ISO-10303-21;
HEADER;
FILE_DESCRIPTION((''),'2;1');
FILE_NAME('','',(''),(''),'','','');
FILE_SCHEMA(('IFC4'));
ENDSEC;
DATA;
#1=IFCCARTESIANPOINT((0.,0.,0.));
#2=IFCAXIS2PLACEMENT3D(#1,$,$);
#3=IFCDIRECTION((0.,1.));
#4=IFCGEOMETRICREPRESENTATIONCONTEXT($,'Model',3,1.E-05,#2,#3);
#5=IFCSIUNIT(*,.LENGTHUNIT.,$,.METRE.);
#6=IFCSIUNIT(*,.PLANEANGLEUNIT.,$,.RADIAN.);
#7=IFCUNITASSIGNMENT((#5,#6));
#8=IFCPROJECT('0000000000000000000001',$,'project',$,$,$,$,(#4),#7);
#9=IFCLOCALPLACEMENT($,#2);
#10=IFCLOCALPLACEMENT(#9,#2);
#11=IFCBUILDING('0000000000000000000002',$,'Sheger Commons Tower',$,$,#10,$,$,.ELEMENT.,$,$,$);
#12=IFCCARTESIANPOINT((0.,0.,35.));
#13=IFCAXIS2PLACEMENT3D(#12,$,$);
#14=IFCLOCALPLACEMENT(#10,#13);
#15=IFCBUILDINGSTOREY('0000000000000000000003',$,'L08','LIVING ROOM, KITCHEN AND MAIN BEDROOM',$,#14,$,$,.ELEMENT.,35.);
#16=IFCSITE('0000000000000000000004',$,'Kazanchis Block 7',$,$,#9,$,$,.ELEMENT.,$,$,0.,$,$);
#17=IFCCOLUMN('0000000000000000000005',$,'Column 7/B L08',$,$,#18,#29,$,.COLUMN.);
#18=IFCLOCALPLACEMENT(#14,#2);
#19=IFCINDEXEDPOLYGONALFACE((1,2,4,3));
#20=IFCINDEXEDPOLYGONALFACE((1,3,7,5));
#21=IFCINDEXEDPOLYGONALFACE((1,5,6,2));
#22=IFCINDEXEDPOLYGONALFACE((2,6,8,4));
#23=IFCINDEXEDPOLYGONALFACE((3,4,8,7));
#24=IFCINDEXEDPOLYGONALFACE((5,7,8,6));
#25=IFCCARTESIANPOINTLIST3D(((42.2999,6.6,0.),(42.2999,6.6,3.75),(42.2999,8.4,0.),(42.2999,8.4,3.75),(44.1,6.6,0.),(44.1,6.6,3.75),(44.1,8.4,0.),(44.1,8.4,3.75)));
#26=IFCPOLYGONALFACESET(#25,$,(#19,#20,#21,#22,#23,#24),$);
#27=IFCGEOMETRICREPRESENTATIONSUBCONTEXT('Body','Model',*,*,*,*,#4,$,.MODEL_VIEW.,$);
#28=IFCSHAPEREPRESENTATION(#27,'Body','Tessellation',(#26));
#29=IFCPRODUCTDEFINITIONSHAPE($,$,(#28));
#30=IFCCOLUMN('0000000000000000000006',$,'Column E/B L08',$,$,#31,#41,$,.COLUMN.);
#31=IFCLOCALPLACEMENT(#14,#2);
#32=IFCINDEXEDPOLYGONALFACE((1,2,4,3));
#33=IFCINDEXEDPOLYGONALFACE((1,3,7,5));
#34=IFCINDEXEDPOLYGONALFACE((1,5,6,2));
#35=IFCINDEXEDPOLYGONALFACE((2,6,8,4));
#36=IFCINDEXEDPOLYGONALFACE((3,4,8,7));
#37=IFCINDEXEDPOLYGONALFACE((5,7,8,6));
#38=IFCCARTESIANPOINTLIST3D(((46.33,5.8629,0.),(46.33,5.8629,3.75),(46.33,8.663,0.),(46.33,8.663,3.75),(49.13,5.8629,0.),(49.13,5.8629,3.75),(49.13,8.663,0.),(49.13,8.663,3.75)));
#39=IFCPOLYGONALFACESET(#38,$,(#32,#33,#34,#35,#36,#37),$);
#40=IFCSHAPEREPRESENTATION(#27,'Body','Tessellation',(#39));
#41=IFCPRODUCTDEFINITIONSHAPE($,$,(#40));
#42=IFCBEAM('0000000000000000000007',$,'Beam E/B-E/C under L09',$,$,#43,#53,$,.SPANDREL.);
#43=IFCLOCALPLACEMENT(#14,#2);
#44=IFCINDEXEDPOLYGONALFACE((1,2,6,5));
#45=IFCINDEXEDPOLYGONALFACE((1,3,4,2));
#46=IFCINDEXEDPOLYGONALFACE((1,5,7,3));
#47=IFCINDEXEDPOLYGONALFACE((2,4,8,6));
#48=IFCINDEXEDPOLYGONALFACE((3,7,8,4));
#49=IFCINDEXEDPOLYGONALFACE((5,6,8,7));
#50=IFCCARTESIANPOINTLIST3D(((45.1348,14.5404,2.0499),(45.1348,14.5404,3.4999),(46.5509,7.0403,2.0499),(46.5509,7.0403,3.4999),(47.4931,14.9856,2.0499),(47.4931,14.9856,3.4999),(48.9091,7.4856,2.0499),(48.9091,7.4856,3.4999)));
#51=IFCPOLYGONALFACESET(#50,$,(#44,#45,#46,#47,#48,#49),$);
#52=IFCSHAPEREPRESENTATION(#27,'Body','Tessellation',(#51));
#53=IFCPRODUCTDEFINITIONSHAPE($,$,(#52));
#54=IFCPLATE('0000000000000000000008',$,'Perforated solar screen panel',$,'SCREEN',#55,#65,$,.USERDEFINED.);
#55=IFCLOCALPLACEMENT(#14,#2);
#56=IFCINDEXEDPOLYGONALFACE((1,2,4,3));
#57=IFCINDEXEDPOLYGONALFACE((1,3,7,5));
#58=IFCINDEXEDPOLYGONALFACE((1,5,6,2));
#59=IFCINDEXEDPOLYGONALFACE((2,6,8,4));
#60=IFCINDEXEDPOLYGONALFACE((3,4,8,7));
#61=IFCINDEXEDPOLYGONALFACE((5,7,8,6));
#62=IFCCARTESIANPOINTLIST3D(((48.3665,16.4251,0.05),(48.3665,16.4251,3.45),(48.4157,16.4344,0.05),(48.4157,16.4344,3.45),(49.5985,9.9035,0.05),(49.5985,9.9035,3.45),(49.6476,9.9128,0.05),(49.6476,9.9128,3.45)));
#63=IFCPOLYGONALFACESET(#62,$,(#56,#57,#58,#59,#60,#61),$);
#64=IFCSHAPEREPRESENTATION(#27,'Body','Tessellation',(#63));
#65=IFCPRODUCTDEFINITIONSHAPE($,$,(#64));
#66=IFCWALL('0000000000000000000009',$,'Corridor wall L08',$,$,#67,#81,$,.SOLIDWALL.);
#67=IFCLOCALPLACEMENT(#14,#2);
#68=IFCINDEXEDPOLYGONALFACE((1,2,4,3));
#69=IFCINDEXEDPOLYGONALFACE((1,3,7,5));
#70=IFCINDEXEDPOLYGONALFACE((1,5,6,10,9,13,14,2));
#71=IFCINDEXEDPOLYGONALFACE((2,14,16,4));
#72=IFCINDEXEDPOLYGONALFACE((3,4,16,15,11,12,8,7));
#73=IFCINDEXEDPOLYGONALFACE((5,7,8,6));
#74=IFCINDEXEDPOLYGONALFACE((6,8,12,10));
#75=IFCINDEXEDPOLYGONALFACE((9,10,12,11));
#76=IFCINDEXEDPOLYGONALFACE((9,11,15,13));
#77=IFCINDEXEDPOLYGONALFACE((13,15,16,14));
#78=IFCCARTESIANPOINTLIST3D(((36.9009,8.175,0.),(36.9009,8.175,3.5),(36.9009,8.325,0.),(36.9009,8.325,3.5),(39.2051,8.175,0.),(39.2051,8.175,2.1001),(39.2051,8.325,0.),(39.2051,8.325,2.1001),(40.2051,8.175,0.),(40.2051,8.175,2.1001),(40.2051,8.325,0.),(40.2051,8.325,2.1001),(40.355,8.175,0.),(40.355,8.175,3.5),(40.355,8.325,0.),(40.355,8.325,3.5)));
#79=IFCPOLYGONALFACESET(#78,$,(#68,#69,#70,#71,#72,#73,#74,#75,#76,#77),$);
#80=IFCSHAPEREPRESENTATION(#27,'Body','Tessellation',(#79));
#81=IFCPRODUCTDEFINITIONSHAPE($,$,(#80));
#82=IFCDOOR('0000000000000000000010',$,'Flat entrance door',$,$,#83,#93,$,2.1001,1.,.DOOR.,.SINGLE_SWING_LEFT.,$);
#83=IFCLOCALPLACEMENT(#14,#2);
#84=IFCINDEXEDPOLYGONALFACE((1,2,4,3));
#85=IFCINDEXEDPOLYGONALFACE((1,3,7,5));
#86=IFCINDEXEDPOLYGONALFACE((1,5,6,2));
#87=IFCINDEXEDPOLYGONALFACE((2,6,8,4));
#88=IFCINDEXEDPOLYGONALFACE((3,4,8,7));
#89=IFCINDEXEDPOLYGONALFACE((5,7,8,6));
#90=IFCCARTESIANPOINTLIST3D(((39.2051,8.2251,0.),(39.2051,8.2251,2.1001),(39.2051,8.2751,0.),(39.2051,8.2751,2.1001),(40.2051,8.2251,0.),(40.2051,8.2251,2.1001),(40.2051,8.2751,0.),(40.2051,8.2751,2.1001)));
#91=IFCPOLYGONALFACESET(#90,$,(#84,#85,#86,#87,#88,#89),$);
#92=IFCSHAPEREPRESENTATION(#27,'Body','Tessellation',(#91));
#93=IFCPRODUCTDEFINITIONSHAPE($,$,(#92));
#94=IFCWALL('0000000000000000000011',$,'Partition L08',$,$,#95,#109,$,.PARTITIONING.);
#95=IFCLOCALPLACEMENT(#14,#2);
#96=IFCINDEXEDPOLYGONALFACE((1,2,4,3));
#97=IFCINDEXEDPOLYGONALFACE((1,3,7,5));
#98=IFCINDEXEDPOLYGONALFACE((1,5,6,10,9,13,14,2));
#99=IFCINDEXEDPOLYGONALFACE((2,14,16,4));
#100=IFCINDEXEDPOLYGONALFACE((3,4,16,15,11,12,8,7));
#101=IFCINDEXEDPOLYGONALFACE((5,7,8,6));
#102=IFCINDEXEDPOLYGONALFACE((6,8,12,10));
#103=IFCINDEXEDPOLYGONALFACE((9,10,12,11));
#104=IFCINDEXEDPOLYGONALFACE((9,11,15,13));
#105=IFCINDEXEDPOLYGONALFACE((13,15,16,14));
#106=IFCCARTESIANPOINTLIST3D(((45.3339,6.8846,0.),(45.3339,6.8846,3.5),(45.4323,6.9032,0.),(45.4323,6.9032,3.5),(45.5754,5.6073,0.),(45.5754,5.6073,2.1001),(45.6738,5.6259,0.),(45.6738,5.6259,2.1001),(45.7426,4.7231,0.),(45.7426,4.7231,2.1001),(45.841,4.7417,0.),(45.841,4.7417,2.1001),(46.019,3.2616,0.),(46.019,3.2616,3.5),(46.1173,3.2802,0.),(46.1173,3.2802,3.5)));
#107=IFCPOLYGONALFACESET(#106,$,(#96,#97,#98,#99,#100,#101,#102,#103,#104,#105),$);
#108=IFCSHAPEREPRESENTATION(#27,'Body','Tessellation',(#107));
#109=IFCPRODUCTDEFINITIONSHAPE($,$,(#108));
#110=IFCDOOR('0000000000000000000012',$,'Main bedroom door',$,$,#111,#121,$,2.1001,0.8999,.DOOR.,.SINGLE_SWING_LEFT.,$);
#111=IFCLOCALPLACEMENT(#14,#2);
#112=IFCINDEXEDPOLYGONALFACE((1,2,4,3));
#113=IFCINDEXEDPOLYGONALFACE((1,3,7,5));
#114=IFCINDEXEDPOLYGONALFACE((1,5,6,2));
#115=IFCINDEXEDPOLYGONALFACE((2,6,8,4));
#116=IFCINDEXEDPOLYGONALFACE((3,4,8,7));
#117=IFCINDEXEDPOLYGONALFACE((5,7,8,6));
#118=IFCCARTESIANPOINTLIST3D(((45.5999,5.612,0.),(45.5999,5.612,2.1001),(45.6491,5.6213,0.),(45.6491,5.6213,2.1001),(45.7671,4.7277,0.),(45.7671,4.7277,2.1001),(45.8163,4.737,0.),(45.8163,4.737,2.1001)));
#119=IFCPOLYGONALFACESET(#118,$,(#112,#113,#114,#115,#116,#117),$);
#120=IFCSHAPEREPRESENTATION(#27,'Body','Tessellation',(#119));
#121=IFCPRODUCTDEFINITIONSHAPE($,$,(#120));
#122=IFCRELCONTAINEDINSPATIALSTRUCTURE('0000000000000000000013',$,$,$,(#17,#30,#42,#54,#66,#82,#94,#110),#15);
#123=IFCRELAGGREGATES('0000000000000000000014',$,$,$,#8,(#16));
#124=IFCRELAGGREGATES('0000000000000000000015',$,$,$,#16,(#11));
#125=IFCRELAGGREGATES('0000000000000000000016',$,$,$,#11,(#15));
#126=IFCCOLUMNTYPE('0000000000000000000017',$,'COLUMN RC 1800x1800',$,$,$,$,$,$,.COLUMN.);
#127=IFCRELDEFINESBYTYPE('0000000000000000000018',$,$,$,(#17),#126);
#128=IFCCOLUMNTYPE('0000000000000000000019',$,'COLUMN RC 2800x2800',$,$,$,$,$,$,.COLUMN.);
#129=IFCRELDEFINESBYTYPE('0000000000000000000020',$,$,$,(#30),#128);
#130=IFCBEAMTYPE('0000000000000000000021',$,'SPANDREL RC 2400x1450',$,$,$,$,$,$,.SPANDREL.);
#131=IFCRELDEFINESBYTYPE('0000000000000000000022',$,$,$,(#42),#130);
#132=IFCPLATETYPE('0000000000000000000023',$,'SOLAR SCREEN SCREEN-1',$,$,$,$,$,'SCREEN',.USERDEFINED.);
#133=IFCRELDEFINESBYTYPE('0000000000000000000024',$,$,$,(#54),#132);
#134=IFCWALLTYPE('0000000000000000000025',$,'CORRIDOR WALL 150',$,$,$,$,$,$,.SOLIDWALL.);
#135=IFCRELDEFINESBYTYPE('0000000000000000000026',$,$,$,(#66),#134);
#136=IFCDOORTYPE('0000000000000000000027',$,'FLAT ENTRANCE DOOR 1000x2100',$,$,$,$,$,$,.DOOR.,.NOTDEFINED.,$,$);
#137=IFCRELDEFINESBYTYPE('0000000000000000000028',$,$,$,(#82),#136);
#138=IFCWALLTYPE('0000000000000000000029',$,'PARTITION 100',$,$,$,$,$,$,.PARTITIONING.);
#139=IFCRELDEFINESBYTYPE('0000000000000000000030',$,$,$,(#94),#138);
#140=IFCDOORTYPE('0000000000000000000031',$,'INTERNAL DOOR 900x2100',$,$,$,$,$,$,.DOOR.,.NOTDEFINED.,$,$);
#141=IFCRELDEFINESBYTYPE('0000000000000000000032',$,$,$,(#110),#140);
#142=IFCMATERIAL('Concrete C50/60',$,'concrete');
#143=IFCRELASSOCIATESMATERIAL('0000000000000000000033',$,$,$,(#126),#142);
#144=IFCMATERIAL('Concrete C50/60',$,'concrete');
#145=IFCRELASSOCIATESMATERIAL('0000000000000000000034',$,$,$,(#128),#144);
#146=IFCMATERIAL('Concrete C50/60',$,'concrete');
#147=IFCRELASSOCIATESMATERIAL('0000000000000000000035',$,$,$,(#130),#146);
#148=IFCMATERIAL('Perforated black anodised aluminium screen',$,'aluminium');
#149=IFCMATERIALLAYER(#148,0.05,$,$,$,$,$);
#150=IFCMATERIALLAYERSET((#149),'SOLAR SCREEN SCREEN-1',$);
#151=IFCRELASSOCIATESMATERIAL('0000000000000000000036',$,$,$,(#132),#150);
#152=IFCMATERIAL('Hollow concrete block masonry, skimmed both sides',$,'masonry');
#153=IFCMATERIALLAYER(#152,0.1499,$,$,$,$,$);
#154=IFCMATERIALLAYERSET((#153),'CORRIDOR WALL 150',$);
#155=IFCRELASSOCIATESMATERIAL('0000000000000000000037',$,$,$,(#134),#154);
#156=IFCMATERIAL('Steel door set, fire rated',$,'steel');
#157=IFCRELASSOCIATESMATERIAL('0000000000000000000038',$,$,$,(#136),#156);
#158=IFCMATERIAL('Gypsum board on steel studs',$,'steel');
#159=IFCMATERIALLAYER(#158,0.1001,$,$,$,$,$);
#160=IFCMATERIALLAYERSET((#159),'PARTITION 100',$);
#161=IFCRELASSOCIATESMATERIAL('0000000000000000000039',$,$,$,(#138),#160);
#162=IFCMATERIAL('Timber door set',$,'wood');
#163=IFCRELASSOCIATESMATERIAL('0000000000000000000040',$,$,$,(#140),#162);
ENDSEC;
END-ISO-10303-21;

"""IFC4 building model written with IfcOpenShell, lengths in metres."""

from ifc_helpers import new_model, si_unit, direction, frame, frame_2d, origin, origin_2d, place, context, subcontext, project, spatial, rectangle, extrude, material, layer, layer_set, material_profile, profile_set, type_object, element, fill, save


model = new_model("IFC4")

# Units and contexts
model_context = context("Model", 3, precision=1e-05, world=origin(), true_north=direction((0.0, 1.0)))
body_context = subcontext(model_context, "Body", "Model", "MODEL_VIEW")
ifc_project = project(units=[si_unit("LENGTHUNIT", "METRE"), si_unit("PLANEANGLEUNIT", "RADIAN")], contexts=[model_context])

# Site, building, storey
site_placement = place(None, origin())
site = spatial("IfcSite", under=ifc_project, at=site_placement, Name="Kazanchis Block 7", CompositionType="ELEMENT", RefElevation=0.0)
building_placement = place(site_placement, origin())
building = spatial("IfcBuilding", under=site, at=building_placement, Name="Sheger Commons Tower", CompositionType="ELEMENT")
storey_placement = place(building_placement, frame((0.0, 0.0, 35.0)))
storey = spatial("IfcBuildingStorey", under=building, at=storey_placement, Name="L08", Description="LIVING ROOM, KITCHEN AND MAIN BEDROOM", CompositionType="ELEMENT", Elevation=35.0)

# Columns
ifc_material_1 = material(Name="Concrete C50/60", Category="concrete")
ifc_material_profile_1 = material_profile(ifc_material_1, rectangle(XDim=1.8, YDim=1.8, at=origin_2d()), Name="RC 1800x1800")
ifc_profile_set_1 = profile_set([ifc_material_profile_1], Name="Concrete C50/60")
column_type_1 = type_object("IfcColumnType", Name="COLUMN RC 1800x1800", PredefinedType="COLUMN", material=ifc_profile_set_1)
column_1_placement = place(storey_placement, frame((43.2, 7.5, 0.0), z_axis=(0.0, 0.0, 1.0), x_axis=(1.0, 0.0, 0.0)))
element("IfcColumn", 1, at=column_1_placement, inside=storey, type_object=column_type_1, Name="Column 7/B L08", PredefinedType="COLUMN", context=body_context, shape_type="SweptSolid", body=[
    extrude(rectangle(XDim=1.8, YDim=1.8, at=origin_2d()), origin(), (0.0, 0.0, 1.0), 3.75),
])
ifc_material_2 = material(Name="Concrete C50/60", Category="concrete")
ifc_material_profile_2 = material_profile(ifc_material_2, rectangle(XDim=2.8, YDim=2.8, at=origin_2d()), Name="RC 2800x2800")
ifc_profile_set_2 = profile_set([ifc_material_profile_2], Name="Concrete C50/60")
column_type_2 = type_object("IfcColumnType", Name="COLUMN RC 2800x2800", PredefinedType="COLUMN", material=ifc_profile_set_2)
column_2_placement = place(storey_placement, frame((47.73, 7.2629, 0.0), z_axis=(0.0, 0.0, 1.0), x_axis=(1.0, 0.0, 0.0)))
element("IfcColumn", 2, at=column_2_placement, inside=storey, type_object=column_type_2, Name="Column E/B L08", PredefinedType="COLUMN", context=body_context, shape_type="SweptSolid", body=[
    extrude(rectangle(XDim=2.8, YDim=2.8, at=origin_2d()), origin(), (0.0, 0.0, 1.0), 3.75),
])

# Beam
ifc_material_3 = material(Name="Concrete C50/60", Category="concrete")
ifc_material_profile_3 = material_profile(ifc_material_3, rectangle(XDim=2.3999, YDim=1.45, at=origin_2d()), Name="RC 2400x1450")
ifc_profile_set_3 = profile_set([ifc_material_profile_3], Name="Concrete C50/60")
beam_type = type_object("IfcBeamType", Name="SPANDREL RC 2400x1450", PredefinedType="SPANDREL", material=ifc_profile_set_3)
beam_placement = place(storey_placement, frame((47.73, 7.2629, 2.7749), z_axis=(-0.185524, 0.98264, 0.0), x_axis=(-0.98264, -0.185524, 0.0)))
element("IfcBeam", 3, at=beam_placement, inside=storey, type_object=beam_type, Name="Beam E/B-E/C under L09", PredefinedType="SPANDREL", context=body_context, shape_type="SweptSolid", body=[
    extrude(rectangle(XDim=2.3999, YDim=1.45, at=origin_2d()), origin(), (0.0, 0.0, 1.0), 7.6326),
])

# Plate
ifc_material_4 = material(Name="Perforated black anodised aluminium screen", Category="aluminium")
ifc_layer_1 = layer(ifc_material_4, 0.05)
ifc_layer_set_1 = layer_set([ifc_layer_1], Name="SOLAR SCREEN SCREEN-1")
plate_type = type_object("IfcPlateType", Name="SOLAR SCREEN SCREEN-1", ElementType="SCREEN", PredefinedType="USERDEFINED", material=ifc_layer_set_1)
plate_placement = place(storey_placement, frame((49.0071, 13.1689, 0.05), z_axis=(0.0, 0.0, 1.0), x_axis=(-0.185615, 0.982623, 0.0)))
element("IfcPlate", 4, at=plate_placement, inside=storey, type_object=plate_type, Name="Perforated solar screen panel", ObjectType="SCREEN", PredefinedType="USERDEFINED", context=body_context, shape_type="SweptSolid", body=[
    extrude(rectangle(XDim=6.637, YDim=0.05, at=origin_2d()), origin(), (0.0, 0.0, 1.0), 3.3999),
])

# Walls, openings, doors
ifc_material_5 = material(Name="Hollow concrete block masonry, skimmed both sides", Category="masonry")
ifc_layer_2 = layer(ifc_material_5, 0.1499)
ifc_layer_set_2 = layer_set([ifc_layer_2], Name="CORRIDOR WALL 150")
wall_type_1 = type_object("IfcWallType", Name="CORRIDOR WALL 150", PredefinedType="SOLIDWALL", material=ifc_layer_set_2)
wall_1_placement = place(storey_placement, frame((40.355, 8.25, 0.0), z_axis=(0.0, 0.0, 1.0), x_axis=(-1.0, 0.0, 0.0)))
wall_1 = element("IfcWall", 5, at=wall_1_placement, inside=storey, type_object=wall_type_1, Name="Corridor wall L08", PredefinedType="SOLIDWALL", context=body_context, shape_type="SweptSolid", body=[
    extrude(rectangle(XDim=3.4541, YDim=0.1499, at=frame_2d((1.7271, 0.0))), origin(), (0.0, 0.0, 1.0), 3.5),
])
opening_1_placement = place(wall_1_placement, frame((0.1499, 0.0, 0.0)))
opening_1 = element("IfcOpeningElement", 6, at=opening_1_placement, cuts=wall_1, PredefinedType="OPENING", context=body_context, shape_type="SweptSolid", body=[
    extrude(rectangle(XDim=1.0, YDim=2.1001, at=frame_2d((0.5, 1.05))), frame((0.0, 0.085, 0.0), z_axis=(0.0, -1.0, 0.0), x_axis=(1.0, 0.0, 0.0)), (0.0, 0.0, 1.0), 0.1699),
])
ifc_material_6 = material(Name="Steel door set, fire rated", Category="steel")
door_type_1 = type_object("IfcDoorType", Name="FLAT ENTRANCE DOOR 1000x2100", OperationType="NOTDEFINED", PredefinedType="DOOR", material=ifc_material_6)
door_1_placement = place(opening_1_placement, origin())
door_1 = element("IfcDoor", 7, at=door_1_placement, inside=storey, type_object=door_type_1, Name="Flat entrance door", OperationType="SINGLE_SWING_LEFT", OverallHeight=2.1001, OverallWidth=1.0, PredefinedType="DOOR", context=body_context, shape_type="SweptSolid", body=[
    extrude(rectangle(XDim=1.0, YDim=2.1001, at=frame_2d((0.5, 1.05))), frame((0.0, 0.0249, 0.0), z_axis=(0.0, -1.0, 0.0), x_axis=(1.0, 0.0, 0.0)), (0.0, 0.0, 1.0), 0.05),
])
fill(opening_1, door_1)
ifc_material_7 = material(Name="Gypsum board on steel studs", Category="steel")
ifc_layer_3 = layer(ifc_material_7, 0.1001)
ifc_layer_set_3 = layer_set([ifc_layer_3], Name="PARTITION 100")
wall_type_2 = type_object("IfcWallType", Name="PARTITION 100", PredefinedType="PARTITIONING", material=ifc_layer_set_3)
wall_2_placement = place(storey_placement, frame((45.3831, 6.894, 0.0), z_axis=(0.0, 0.0, 1.0), x_axis=(0.185791, -0.982589, 0.0)))
wall_2 = element("IfcWall", 8, at=wall_2_placement, inside=storey, type_object=wall_type_2, Name="Partition L08", PredefinedType="PARTITIONING", context=body_context, shape_type="SweptSolid", body=[
    extrude(rectangle(XDim=3.6873, YDim=0.1001, at=frame_2d((1.8438, 0.0))), origin(), (0.0, 0.0, 1.0), 3.5),
])
opening_2_placement = place(wall_2_placement, frame((1.3, 0.0, 0.0)))
opening_2 = element("IfcOpeningElement", 9, at=opening_2_placement, cuts=wall_2, PredefinedType="OPENING", context=body_context, shape_type="SweptSolid", body=[
    extrude(rectangle(XDim=0.8999, YDim=2.1001, at=frame_2d((0.45, 1.05))), frame((0.0, 0.0601, 0.0), z_axis=(0.0, -1.0, 0.0), x_axis=(1.0, 0.0, 0.0)), (0.0, 0.0, 1.0), 0.1201),
])
ifc_material_8 = material(Name="Timber door set", Category="wood")
door_type_2 = type_object("IfcDoorType", Name="INTERNAL DOOR 900x2100", OperationType="NOTDEFINED", PredefinedType="DOOR", material=ifc_material_8)
door_2_placement = place(opening_2_placement, origin())
door_2 = element("IfcDoor", 10, at=door_2_placement, inside=storey, type_object=door_type_2, Name="Main bedroom door", OperationType="SINGLE_SWING_LEFT", OverallHeight=2.1001, OverallWidth=0.8999, PredefinedType="DOOR", context=body_context, shape_type="SweptSolid", body=[
    extrude(rectangle(XDim=0.8999, YDim=2.1001, at=frame_2d((0.45, 1.05))), frame((0.0, 0.0249, 0.0), z_axis=(0.0, -1.0, 0.0), x_axis=(1.0, 0.0, 0.0)), (0.0, 0.0, 1.0), 0.05),
])
fill(opening_2, door_2)

save(model, "model.ifc")
